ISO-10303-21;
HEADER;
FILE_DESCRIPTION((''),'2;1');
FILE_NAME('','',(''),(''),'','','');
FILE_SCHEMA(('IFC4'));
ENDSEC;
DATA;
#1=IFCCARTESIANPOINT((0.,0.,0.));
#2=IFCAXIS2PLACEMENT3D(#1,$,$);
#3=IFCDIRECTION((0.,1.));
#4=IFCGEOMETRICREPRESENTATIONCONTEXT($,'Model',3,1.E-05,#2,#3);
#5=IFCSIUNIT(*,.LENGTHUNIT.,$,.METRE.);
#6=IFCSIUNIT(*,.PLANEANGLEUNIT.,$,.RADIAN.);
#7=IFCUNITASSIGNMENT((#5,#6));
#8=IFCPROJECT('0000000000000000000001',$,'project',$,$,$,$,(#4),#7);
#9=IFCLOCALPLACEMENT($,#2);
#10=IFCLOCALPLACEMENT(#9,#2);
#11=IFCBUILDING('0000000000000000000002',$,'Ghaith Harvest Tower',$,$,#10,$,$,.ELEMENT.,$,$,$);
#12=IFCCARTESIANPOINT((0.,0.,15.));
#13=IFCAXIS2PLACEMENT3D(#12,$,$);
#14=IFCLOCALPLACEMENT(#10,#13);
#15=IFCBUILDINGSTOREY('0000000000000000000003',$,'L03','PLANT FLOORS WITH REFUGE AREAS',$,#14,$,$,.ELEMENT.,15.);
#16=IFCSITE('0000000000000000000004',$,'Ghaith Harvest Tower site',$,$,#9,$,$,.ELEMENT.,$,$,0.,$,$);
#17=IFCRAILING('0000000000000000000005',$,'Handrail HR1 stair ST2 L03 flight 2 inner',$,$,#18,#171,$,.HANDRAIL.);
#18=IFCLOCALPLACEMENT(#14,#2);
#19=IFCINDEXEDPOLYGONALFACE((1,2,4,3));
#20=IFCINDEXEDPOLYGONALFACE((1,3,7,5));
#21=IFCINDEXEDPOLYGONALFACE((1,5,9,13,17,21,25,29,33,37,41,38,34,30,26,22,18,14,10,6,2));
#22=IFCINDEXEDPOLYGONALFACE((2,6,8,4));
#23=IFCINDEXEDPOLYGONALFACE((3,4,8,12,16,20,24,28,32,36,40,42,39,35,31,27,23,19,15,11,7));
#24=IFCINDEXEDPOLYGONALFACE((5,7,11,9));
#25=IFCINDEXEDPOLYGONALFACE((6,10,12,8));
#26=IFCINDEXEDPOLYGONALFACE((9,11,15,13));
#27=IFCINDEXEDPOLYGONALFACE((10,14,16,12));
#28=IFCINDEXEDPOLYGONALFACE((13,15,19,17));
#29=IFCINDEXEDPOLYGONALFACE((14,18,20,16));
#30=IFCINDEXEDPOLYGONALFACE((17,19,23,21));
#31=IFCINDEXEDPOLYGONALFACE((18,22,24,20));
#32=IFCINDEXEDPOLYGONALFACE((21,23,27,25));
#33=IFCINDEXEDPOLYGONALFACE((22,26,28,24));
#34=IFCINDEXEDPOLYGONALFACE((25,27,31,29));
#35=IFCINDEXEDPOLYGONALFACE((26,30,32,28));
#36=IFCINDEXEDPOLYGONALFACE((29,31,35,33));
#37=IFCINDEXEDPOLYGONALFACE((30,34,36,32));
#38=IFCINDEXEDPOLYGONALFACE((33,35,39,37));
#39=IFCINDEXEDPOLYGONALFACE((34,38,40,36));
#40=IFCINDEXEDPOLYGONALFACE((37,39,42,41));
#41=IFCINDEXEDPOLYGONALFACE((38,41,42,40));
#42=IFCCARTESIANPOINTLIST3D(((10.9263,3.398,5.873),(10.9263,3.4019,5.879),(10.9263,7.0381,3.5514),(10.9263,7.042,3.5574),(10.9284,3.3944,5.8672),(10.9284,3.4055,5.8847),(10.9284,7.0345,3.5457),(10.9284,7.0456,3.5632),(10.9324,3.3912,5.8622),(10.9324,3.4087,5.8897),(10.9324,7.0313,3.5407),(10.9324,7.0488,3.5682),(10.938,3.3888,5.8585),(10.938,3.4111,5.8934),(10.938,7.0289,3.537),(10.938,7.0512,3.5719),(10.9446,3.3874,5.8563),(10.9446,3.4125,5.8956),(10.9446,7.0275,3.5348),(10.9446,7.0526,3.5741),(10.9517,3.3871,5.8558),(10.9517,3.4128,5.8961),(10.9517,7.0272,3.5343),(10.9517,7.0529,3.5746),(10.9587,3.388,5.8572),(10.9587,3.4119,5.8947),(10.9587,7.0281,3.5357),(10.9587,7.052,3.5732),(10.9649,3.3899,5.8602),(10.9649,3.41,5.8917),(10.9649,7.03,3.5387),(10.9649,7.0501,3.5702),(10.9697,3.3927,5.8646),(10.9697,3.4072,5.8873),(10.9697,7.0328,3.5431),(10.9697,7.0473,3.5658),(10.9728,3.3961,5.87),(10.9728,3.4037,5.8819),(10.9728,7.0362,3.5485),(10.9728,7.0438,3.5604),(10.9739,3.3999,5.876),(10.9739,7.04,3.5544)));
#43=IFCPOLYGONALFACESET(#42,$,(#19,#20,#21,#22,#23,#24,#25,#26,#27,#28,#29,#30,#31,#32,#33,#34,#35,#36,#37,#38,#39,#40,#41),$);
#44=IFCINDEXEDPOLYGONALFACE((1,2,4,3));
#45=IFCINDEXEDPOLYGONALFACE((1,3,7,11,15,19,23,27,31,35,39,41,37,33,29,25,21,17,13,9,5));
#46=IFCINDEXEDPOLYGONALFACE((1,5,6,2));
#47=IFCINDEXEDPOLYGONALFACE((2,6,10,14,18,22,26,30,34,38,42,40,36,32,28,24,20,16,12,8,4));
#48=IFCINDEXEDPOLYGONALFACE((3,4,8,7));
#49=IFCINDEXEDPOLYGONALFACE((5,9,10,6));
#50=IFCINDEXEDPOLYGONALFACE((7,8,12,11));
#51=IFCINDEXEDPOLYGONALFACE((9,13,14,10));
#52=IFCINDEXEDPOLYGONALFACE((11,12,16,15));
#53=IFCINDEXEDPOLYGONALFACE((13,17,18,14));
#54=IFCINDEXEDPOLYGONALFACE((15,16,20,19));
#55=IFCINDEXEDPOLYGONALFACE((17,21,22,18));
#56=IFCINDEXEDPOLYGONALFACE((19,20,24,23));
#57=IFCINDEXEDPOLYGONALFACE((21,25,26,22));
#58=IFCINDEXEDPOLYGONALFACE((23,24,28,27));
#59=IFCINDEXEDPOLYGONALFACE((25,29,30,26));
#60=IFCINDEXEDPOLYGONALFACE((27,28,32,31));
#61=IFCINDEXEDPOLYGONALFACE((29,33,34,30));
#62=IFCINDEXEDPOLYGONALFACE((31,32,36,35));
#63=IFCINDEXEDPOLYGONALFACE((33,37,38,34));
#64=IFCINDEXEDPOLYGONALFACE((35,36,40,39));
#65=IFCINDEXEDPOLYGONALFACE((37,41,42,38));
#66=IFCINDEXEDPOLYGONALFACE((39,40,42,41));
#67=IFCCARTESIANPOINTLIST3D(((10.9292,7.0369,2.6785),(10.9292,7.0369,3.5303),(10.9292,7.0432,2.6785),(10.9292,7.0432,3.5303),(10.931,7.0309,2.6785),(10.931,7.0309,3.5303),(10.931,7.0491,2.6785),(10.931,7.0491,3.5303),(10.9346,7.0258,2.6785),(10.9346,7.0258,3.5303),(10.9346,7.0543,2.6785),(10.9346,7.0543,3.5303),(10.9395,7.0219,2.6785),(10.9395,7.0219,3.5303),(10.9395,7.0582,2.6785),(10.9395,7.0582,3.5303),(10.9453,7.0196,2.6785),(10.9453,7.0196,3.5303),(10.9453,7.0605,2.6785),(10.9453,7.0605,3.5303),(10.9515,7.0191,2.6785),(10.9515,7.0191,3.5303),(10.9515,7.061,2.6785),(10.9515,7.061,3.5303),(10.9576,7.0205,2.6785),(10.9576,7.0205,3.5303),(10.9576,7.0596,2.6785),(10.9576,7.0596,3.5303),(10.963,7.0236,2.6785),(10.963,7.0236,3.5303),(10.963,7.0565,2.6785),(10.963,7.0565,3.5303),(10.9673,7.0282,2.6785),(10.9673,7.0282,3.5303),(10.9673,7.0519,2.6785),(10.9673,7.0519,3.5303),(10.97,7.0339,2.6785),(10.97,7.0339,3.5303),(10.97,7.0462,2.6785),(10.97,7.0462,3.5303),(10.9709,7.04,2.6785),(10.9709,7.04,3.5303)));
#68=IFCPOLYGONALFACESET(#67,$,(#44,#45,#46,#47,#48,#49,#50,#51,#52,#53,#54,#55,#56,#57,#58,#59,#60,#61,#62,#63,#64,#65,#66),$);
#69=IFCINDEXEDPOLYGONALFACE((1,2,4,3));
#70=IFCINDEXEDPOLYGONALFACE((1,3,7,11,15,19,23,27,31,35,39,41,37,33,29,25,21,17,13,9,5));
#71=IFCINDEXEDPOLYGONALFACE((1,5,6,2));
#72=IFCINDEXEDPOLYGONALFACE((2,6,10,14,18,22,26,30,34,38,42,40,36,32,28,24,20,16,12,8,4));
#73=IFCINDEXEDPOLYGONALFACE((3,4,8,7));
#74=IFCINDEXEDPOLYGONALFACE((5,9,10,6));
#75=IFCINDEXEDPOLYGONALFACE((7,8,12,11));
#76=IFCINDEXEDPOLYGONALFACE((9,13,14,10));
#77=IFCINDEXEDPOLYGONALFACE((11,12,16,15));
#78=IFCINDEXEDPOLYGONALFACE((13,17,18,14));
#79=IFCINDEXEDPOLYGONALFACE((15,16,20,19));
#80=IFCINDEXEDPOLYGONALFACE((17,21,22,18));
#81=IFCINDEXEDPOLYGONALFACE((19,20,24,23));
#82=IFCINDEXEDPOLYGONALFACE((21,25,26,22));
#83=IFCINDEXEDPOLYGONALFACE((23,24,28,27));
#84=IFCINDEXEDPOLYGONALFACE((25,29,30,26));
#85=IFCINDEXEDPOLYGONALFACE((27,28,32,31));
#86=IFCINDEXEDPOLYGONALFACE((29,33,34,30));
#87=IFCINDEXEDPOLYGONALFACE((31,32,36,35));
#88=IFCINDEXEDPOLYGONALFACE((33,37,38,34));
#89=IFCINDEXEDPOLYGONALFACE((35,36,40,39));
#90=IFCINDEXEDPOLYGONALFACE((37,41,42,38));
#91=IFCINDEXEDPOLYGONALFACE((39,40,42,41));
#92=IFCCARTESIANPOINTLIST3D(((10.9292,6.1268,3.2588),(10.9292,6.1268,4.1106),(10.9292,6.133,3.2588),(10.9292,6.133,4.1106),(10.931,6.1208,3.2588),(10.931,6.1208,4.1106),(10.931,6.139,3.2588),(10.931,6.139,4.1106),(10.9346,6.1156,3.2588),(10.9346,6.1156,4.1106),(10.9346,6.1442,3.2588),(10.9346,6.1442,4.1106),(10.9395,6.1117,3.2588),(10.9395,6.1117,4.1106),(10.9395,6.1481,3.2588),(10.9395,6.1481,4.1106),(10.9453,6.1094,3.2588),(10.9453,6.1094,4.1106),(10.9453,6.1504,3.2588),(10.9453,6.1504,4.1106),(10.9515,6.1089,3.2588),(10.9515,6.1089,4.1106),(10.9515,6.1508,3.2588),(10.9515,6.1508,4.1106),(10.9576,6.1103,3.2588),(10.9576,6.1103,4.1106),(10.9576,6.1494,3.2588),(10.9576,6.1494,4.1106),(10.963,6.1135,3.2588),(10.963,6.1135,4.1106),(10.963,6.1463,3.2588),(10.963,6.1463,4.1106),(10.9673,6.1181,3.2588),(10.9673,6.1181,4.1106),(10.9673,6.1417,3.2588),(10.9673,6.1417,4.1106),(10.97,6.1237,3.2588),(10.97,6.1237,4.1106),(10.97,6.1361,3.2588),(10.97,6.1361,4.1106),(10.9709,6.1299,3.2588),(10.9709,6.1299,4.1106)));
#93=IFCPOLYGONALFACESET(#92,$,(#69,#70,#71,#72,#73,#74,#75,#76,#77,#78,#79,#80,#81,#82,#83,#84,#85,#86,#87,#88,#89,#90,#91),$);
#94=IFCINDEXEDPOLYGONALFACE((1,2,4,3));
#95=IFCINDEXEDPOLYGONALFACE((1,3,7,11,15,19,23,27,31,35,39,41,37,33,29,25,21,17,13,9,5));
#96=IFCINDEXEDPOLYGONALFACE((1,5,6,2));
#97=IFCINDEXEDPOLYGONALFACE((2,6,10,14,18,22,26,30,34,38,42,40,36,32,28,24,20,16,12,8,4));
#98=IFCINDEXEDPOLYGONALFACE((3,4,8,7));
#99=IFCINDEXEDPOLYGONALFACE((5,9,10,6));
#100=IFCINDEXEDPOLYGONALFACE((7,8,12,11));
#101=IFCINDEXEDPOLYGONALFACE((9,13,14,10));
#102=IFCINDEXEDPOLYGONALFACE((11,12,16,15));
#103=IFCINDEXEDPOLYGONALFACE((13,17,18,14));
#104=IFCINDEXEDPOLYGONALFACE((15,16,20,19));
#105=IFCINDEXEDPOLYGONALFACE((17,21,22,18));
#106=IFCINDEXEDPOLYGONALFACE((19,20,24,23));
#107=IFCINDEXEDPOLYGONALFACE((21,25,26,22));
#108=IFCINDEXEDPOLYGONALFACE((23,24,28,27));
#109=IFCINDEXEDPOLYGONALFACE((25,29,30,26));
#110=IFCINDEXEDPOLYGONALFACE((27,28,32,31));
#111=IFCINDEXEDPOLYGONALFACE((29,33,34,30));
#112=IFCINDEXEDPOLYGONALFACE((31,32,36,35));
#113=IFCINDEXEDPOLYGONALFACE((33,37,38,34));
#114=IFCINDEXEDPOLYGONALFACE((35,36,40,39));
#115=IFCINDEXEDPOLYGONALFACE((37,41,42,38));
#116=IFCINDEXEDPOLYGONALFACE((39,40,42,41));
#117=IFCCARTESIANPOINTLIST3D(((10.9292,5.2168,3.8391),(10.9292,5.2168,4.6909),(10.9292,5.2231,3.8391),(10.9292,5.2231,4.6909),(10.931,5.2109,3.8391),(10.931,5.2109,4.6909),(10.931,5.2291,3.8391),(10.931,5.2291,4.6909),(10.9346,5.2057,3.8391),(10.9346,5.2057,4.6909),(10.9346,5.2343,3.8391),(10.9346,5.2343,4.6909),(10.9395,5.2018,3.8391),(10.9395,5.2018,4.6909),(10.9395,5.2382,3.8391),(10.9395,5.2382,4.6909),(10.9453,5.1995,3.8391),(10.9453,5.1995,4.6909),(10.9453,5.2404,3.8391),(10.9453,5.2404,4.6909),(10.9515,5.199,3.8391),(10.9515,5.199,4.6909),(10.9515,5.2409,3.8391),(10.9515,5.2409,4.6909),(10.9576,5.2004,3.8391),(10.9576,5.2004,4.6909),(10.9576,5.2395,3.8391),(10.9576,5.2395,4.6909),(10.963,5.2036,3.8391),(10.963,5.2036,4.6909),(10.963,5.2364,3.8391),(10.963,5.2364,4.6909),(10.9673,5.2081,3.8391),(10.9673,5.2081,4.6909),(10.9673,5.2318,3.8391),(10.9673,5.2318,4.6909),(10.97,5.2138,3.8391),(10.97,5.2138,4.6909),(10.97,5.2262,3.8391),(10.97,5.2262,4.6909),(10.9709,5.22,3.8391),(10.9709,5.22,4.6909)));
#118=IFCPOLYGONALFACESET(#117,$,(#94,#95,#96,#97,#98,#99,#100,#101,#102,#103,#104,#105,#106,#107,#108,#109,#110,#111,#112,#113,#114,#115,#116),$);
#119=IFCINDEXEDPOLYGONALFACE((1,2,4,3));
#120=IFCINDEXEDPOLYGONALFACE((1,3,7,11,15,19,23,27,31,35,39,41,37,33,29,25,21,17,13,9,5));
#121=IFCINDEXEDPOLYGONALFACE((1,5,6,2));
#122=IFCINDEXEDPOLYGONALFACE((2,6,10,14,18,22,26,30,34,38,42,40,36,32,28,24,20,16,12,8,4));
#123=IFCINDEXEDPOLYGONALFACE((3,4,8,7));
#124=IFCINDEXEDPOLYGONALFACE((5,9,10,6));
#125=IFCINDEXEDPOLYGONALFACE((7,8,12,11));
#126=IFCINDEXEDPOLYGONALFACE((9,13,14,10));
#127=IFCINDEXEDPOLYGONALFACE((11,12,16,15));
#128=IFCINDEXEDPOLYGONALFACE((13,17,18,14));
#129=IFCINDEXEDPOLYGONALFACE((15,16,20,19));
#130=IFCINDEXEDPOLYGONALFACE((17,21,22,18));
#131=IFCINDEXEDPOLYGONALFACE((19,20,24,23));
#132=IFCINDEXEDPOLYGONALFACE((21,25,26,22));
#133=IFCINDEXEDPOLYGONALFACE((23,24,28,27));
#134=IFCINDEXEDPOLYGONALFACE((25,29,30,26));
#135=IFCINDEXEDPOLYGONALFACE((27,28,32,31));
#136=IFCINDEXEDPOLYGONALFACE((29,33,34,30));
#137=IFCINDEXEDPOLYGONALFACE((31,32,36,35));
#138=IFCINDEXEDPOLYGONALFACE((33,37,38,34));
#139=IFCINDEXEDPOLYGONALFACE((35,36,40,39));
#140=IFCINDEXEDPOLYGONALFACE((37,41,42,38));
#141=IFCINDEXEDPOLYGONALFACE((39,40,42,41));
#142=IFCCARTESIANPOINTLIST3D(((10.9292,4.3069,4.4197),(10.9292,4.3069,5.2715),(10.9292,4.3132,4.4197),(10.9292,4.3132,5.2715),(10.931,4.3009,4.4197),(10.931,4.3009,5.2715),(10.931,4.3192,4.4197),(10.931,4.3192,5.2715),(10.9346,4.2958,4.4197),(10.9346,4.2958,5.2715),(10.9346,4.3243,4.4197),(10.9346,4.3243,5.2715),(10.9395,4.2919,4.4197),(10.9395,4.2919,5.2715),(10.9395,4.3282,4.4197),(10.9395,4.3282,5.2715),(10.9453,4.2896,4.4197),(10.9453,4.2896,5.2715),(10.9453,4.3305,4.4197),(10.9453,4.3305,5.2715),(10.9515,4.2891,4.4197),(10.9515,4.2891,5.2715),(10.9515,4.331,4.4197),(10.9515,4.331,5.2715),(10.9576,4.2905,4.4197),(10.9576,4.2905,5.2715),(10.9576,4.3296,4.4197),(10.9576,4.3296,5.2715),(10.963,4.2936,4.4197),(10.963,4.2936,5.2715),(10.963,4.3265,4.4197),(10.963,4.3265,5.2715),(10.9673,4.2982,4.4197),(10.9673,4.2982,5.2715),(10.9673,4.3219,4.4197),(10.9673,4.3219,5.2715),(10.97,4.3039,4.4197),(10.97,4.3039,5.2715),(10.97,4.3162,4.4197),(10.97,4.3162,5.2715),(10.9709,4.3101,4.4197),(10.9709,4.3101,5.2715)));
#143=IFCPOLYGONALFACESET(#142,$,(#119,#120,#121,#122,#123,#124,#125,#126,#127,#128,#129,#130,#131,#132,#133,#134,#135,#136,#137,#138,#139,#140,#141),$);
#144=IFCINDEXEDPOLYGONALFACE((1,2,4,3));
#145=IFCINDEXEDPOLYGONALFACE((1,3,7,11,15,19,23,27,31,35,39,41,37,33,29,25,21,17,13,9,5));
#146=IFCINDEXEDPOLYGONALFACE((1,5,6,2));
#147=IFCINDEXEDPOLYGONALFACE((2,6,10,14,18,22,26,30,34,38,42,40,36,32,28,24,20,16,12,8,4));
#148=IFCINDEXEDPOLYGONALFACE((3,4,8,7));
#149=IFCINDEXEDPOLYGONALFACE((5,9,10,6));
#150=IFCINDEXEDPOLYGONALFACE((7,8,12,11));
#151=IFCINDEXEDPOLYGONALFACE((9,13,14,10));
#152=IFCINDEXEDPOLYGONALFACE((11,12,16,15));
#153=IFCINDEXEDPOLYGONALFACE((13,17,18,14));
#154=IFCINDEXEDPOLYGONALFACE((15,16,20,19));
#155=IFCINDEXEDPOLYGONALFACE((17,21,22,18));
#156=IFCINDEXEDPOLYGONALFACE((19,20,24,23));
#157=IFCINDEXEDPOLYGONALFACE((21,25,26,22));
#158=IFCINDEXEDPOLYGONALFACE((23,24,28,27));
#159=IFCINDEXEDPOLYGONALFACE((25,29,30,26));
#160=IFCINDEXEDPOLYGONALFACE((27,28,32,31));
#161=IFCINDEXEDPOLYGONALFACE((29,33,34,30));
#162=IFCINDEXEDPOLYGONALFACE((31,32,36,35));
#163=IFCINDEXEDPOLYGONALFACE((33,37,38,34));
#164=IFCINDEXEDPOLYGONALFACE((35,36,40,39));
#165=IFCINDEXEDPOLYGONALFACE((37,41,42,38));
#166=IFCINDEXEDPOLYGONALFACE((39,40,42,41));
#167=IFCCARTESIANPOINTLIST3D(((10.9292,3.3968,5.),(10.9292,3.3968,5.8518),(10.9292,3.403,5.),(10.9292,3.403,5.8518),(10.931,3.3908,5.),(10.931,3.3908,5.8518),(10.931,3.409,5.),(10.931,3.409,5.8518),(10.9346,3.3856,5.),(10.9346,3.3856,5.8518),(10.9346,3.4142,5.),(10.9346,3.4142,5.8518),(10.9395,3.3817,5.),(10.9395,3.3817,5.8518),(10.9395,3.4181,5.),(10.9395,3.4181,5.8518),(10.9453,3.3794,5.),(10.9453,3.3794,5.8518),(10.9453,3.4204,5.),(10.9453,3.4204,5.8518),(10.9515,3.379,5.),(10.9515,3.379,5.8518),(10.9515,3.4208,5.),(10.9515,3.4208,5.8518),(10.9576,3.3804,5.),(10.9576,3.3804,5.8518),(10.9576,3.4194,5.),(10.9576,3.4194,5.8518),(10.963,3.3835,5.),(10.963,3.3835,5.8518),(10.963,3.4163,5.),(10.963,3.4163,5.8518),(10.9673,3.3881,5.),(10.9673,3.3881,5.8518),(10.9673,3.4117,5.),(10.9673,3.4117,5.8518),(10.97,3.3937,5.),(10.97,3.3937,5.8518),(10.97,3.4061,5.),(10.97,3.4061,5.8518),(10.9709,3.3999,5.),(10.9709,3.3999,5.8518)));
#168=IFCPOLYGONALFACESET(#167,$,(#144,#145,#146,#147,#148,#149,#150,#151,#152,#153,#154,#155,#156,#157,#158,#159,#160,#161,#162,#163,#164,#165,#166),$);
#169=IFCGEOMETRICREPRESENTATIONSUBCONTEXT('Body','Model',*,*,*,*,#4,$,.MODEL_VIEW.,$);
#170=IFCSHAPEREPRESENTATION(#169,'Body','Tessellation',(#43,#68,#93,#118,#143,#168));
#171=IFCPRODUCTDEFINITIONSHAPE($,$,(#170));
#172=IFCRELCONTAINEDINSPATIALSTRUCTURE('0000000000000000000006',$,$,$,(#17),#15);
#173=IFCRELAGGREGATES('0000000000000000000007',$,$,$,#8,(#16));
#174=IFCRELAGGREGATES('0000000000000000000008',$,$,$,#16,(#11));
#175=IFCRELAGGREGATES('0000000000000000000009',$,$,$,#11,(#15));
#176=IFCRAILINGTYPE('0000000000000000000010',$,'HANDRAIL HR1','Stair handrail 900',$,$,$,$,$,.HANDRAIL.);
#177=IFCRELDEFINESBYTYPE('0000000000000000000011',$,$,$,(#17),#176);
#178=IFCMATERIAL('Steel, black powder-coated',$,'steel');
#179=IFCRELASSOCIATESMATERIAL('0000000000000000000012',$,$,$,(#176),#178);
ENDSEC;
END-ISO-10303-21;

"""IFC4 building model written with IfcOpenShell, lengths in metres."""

from ifc_helpers import new_model, si_unit, direction, frame, origin, origin_2d, place, context, subcontext, project, spatial, circle, extrude, material, type_object, element, save


model = new_model("IFC4")

# Units and contexts
model_context = context("Model", 3, precision=1e-05, world=origin(), true_north=direction((0.0, 1.0)))
body_context = subcontext(model_context, "Body", "Model", "MODEL_VIEW")
ifc_project = project(units=[si_unit("LENGTHUNIT", "METRE"), si_unit("PLANEANGLEUNIT", "RADIAN")], contexts=[model_context])

# Site, building, storey
site_placement = place(None, origin())
site = spatial("IfcSite", under=ifc_project, at=site_placement, Name="Ghaith Harvest Tower site", CompositionType="ELEMENT", RefElevation=0.0)
building_placement = place(site_placement, origin())
building = spatial("IfcBuilding", under=site, at=building_placement, Name="Ghaith Harvest Tower", CompositionType="ELEMENT")
storey_placement = place(building_placement, frame((0.0, 0.0, 15.0)))
storey = spatial("IfcBuildingStorey", under=building, at=storey_placement, Name="L03", Description="PLANT FLOORS WITH REFUGE AREAS", CompositionType="ELEMENT", Elevation=15.0)

# Railing
ifc_material_1 = material(Name="Steel, black powder-coated", Category="steel")
railing_type = type_object("IfcRailingType", Name="HANDRAIL HR1", Description="Stair handrail 900", PredefinedType="HANDRAIL", material=ifc_material_1)
railing_1_placement = place(storey_placement, frame((10.95, 7.04, 2.6785)))
element("IfcRailing", 1, at=railing_1_placement, inside=storey, type_object=railing_type, Name="Handrail HR1 stair ST2 L03 flight 2 inner", PredefinedType="HANDRAIL", context=body_context, shape_type="SweptSolid", body=[
    extrude(circle(Radius=0.0239, at=origin_2d()), frame((0.0, 0.0, 0.876), z_axis=(0.0, -0.843128, 0.537713), x_axis=(1.0, 0.0, 0.0)), (0.0, 0.0, 1.0), 4.3174),
    extrude(circle(Radius=0.021, at=origin_2d()), origin(), (0.0, 0.0, 1.0), 0.8518),
    extrude(circle(Radius=0.021, at=origin_2d()), frame((0.0, -0.9102, 0.5803)), (0.0, 0.0, 1.0), 0.8518),
    extrude(circle(Radius=0.021, at=origin_2d()), frame((0.0, -1.8201, 1.1606)), (0.0, 0.0, 1.0), 0.8518),
    extrude(circle(Radius=0.021, at=origin_2d()), frame((0.0, -2.73, 1.7412)), (0.0, 0.0, 1.0), 0.8518),
    extrude(circle(Radius=0.021, at=origin_2d()), frame((0.0, -3.6401, 2.3215)), (0.0, 0.0, 1.0), 0.8518),
])

save(model, "model.ifc")
